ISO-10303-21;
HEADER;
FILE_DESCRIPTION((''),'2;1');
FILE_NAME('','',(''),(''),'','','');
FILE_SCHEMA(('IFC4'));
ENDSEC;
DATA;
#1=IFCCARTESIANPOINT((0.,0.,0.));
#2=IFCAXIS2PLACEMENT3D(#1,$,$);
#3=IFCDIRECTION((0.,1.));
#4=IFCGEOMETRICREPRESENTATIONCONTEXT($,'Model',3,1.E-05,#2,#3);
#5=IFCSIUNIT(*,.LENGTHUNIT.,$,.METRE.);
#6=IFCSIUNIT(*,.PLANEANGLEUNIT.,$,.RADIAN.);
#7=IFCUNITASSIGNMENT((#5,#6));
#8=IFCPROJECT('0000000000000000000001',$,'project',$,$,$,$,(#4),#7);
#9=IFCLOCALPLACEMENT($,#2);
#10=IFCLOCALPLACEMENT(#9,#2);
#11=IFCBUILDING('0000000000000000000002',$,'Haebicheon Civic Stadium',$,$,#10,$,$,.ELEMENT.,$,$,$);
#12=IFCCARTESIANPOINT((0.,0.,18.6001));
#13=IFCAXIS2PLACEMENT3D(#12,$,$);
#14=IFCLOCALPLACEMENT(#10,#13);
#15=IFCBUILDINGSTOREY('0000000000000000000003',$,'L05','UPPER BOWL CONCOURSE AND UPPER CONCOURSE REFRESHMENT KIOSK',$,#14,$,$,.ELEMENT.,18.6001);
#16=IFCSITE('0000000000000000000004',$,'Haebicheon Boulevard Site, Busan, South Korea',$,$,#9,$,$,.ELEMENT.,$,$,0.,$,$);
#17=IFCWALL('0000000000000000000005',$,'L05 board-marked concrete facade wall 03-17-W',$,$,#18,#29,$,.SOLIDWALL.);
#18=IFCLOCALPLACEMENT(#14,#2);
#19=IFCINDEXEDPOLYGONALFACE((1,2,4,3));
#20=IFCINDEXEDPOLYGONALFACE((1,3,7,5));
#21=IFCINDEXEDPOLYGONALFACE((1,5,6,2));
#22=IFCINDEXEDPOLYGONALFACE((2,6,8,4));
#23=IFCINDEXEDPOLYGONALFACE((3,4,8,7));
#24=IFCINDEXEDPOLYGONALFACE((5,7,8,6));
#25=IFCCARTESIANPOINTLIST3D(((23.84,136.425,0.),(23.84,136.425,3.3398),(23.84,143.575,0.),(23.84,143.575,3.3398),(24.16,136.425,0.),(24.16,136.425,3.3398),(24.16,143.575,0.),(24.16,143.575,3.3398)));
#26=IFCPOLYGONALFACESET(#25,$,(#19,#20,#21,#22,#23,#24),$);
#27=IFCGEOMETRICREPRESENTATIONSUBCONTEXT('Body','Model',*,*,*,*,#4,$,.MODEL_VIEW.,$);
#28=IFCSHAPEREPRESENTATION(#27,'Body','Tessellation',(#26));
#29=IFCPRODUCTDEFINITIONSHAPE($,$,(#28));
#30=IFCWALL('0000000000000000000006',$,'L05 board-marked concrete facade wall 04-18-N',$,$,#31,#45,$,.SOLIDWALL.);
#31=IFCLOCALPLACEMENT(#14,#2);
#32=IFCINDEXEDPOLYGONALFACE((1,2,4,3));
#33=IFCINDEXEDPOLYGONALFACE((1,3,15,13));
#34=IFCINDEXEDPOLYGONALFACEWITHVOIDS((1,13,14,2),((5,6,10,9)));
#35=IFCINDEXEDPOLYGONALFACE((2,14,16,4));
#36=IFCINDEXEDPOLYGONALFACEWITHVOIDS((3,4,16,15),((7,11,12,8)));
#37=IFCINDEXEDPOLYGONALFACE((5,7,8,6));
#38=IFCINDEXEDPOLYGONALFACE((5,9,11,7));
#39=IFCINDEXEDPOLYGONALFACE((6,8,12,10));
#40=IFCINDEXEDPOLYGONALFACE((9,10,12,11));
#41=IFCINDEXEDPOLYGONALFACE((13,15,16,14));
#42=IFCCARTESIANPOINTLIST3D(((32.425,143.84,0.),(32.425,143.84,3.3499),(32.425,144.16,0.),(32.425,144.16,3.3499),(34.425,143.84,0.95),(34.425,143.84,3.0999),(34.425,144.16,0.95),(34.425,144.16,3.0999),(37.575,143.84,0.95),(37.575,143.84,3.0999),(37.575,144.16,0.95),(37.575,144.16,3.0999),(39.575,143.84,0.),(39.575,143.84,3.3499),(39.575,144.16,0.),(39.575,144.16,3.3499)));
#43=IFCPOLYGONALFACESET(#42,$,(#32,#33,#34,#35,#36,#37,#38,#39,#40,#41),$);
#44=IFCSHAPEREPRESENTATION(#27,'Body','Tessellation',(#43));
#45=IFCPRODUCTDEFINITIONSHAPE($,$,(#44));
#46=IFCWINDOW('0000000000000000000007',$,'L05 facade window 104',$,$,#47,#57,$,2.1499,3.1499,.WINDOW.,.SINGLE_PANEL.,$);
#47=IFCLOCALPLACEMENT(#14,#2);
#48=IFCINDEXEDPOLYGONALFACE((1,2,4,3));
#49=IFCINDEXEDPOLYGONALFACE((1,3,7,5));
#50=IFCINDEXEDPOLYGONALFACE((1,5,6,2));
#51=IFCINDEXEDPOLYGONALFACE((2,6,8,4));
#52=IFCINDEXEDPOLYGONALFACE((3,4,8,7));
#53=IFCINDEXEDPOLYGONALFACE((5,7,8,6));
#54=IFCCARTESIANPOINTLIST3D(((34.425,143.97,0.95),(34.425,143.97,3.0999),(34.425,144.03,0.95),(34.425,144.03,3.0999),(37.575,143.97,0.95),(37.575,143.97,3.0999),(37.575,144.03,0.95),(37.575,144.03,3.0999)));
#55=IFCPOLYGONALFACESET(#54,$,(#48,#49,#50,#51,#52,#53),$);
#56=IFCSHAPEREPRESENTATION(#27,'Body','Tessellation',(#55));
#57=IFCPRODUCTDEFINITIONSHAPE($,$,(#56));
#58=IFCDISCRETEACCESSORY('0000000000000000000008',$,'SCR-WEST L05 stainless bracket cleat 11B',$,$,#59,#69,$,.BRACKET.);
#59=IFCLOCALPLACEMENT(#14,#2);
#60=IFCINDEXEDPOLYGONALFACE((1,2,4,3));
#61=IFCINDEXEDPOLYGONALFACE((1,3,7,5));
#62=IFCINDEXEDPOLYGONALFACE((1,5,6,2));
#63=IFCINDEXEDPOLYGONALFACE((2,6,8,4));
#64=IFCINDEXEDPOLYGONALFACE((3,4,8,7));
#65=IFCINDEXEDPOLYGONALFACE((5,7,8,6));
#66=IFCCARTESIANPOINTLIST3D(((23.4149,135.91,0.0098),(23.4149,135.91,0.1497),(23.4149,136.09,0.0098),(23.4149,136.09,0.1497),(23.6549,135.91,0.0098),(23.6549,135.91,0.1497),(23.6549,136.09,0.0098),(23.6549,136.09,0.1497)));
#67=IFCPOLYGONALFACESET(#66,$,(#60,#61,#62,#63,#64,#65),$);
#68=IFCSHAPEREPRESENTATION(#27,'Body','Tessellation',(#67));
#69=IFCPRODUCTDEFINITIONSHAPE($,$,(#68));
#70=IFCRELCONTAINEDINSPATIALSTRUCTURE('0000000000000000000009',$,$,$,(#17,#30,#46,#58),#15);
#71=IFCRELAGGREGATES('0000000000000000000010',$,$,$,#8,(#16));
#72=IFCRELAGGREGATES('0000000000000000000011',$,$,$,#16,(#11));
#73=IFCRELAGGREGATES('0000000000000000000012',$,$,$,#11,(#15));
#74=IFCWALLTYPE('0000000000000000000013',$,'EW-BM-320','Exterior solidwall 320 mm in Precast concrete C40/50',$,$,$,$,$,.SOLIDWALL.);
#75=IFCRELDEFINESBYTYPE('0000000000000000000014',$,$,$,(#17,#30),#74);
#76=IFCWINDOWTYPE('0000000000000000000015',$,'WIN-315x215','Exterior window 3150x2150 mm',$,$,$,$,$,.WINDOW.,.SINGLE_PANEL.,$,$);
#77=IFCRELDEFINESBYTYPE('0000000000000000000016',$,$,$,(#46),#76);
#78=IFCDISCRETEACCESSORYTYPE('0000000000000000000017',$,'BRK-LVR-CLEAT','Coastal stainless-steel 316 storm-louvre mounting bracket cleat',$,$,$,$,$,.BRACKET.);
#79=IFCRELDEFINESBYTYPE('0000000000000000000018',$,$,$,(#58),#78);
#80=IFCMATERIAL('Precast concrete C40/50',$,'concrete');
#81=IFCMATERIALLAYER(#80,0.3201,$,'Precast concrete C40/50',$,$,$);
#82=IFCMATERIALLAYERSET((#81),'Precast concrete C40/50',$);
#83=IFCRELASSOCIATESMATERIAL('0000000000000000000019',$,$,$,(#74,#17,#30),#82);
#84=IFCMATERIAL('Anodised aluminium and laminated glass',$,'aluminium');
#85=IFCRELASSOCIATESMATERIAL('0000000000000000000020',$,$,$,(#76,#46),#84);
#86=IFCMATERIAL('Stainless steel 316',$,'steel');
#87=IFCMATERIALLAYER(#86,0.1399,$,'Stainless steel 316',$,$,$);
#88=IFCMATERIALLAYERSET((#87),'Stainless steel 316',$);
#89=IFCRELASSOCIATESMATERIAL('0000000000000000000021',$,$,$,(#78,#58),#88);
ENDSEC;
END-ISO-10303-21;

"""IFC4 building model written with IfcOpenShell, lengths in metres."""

from ifc_helpers import new_model, si_unit, direction, frame, frame_2d, origin, origin_2d, place, context, subcontext, project, spatial, rectangle, extrude, material, layer, layer_set, type_object, element, fill, save


model = new_model("IFC4")

# Units and contexts
model_context = context("Model", 3, precision=1e-05, world=origin(), true_north=direction((0.0, 1.0)))
body_context = subcontext(model_context, "Body", "Model", "MODEL_VIEW")
ifc_project = project(units=[si_unit("LENGTHUNIT", "METRE"), si_unit("PLANEANGLEUNIT", "RADIAN")], contexts=[model_context])

# Site, building, storey
site_placement = place(None, origin())
site = spatial("IfcSite", under=ifc_project, at=site_placement, Name="Haebicheon Boulevard Site, Busan, South Korea", CompositionType="ELEMENT", RefElevation=0.0)
building_placement = place(site_placement, origin())
building = spatial("IfcBuilding", under=site, at=building_placement, Name="Haebicheon Civic Stadium", CompositionType="ELEMENT")
storey_placement = place(building_placement, frame((0.0, 0.0, 18.6001)))
storey = spatial("IfcBuildingStorey", under=building, at=storey_placement, Name="L05", Description="UPPER BOWL CONCOURSE AND UPPER CONCOURSE REFRESHMENT KIOSK", CompositionType="ELEMENT", Elevation=18.6001)

# Wall
ifc_material_1 = material(Name="Precast concrete C40/50", Category="concrete")
ifc_layer_1 = layer(ifc_material_1, 0.3201, Name="Precast concrete C40/50")
ifc_layer_set_1 = layer_set([ifc_layer_1], Name="Precast concrete C40/50")
wall_type = type_object("IfcWallType", Name="EW-BM-320", Description="Exterior solidwall 320 mm in Precast concrete C40/50", PredefinedType="SOLIDWALL", material=ifc_layer_set_1)
wall_1_placement = place(storey_placement, frame((24.0, 136.425, 0.0), z_axis=(0.0, 0.0, 1.0), x_axis=(0.0, 1.0, 0.0)))
element("IfcWall", 1, at=wall_1_placement, inside=storey, type_object=wall_type, material=ifc_layer_set_1, Name="L05 board-marked concrete facade wall 03-17-W", PredefinedType="SOLIDWALL", context=body_context, shape_type="SweptSolid", body=[
    extrude(rectangle(XDim=7.1499, YDim=0.3201, at=frame_2d((3.575, 0.0))), origin(), (0.0, 0.0, 1.0), 3.3398),
])

# Wall, opening, window
wall_2_placement = place(storey_placement, frame((32.425, 144.0, 0.0), z_axis=(0.0, 0.0, 1.0), x_axis=(1.0, 0.0, 0.0)))
wall_2 = element("IfcWall", 2, at=wall_2_placement, inside=storey, type_object=wall_type, material=ifc_layer_set_1, Name="L05 board-marked concrete facade wall 04-18-N", PredefinedType="SOLIDWALL", context=body_context, shape_type="SweptSolid", body=[
    extrude(rectangle(XDim=7.1499, YDim=0.3201, at=frame_2d((3.575, 0.0))), origin(), (0.0, 0.0, 1.0), 3.3499),
])
opening_placement = place(wall_2_placement, frame((2.0, 0.0, 0.95)))
opening = element("IfcOpeningElement", 3, at=opening_placement, cuts=wall_2, PredefinedType="OPENING", context=body_context, shape_type="SweptSolid", body=[
    extrude(rectangle(XDim=3.1499, YDim=2.1499, at=frame_2d((1.575, 1.075))), frame((0.0, 0.1699, 0.0), z_axis=(0.0, -1.0, 0.0), x_axis=(1.0, 0.0, 0.0)), (0.0, 0.0, 1.0), 0.3401),
])
ifc_material_2 = material(Name="Anodised aluminium and laminated glass", Category="aluminium")
window_type = type_object("IfcWindowType", Name="WIN-315x215", Description="Exterior window 3150x2150 mm", PartitioningType="SINGLE_PANEL", PredefinedType="WINDOW", material=ifc_material_2)
window_placement = place(opening_placement, origin())
window = element("IfcWindow", 4, at=window_placement, inside=storey, type_object=window_type, material=ifc_material_2, Name="L05 facade window 104", OverallHeight=2.1499, OverallWidth=3.1499, PartitioningType="SINGLE_PANEL", PredefinedType="WINDOW", context=body_context, shape_type="SweptSolid", body=[
    extrude(rectangle(XDim=3.1499, YDim=2.1499, at=frame_2d((1.575, 1.075))), frame((0.0, 0.03, 0.0), z_axis=(0.0, -1.0, 0.0), x_axis=(1.0, 0.0, 0.0)), (0.0, 0.0, 1.0), 0.0601),
])
fill(opening, window)

# Discrete accessory
ifc_material_3 = material(Name="Stainless steel 316", Category="steel")
ifc_layer_2 = layer(ifc_material_3, 0.1399, Name="Stainless steel 316")
ifc_layer_set_2 = layer_set([ifc_layer_2], Name="Stainless steel 316")
discrete_accessory_type = type_object("IfcDiscreteAccessoryType", Name="BRK-LVR-CLEAT", Description="Coastal stainless-steel 316 storm-louvre mounting bracket cleat", PredefinedType="BRACKET", material=ifc_layer_set_2)
discrete_accessory_placement = place(storey_placement, frame((23.5349, 136.0, 0.0098), z_axis=(0.0, 0.0, 1.0), x_axis=(1.0, 0.0, 0.0)))
element("IfcDiscreteAccessory", 5, at=discrete_accessory_placement, inside=storey, type_object=discrete_accessory_type, material=ifc_layer_set_2, Name="SCR-WEST L05 stainless bracket cleat 11B", PredefinedType="BRACKET", context=body_context, shape_type="SweptSolid", body=[
    extrude(rectangle(XDim=0.24, YDim=0.1799, at=origin_2d()), origin(), (0.0, 0.0, 1.0), 0.1399),
])

save(model, "model.ifc")
